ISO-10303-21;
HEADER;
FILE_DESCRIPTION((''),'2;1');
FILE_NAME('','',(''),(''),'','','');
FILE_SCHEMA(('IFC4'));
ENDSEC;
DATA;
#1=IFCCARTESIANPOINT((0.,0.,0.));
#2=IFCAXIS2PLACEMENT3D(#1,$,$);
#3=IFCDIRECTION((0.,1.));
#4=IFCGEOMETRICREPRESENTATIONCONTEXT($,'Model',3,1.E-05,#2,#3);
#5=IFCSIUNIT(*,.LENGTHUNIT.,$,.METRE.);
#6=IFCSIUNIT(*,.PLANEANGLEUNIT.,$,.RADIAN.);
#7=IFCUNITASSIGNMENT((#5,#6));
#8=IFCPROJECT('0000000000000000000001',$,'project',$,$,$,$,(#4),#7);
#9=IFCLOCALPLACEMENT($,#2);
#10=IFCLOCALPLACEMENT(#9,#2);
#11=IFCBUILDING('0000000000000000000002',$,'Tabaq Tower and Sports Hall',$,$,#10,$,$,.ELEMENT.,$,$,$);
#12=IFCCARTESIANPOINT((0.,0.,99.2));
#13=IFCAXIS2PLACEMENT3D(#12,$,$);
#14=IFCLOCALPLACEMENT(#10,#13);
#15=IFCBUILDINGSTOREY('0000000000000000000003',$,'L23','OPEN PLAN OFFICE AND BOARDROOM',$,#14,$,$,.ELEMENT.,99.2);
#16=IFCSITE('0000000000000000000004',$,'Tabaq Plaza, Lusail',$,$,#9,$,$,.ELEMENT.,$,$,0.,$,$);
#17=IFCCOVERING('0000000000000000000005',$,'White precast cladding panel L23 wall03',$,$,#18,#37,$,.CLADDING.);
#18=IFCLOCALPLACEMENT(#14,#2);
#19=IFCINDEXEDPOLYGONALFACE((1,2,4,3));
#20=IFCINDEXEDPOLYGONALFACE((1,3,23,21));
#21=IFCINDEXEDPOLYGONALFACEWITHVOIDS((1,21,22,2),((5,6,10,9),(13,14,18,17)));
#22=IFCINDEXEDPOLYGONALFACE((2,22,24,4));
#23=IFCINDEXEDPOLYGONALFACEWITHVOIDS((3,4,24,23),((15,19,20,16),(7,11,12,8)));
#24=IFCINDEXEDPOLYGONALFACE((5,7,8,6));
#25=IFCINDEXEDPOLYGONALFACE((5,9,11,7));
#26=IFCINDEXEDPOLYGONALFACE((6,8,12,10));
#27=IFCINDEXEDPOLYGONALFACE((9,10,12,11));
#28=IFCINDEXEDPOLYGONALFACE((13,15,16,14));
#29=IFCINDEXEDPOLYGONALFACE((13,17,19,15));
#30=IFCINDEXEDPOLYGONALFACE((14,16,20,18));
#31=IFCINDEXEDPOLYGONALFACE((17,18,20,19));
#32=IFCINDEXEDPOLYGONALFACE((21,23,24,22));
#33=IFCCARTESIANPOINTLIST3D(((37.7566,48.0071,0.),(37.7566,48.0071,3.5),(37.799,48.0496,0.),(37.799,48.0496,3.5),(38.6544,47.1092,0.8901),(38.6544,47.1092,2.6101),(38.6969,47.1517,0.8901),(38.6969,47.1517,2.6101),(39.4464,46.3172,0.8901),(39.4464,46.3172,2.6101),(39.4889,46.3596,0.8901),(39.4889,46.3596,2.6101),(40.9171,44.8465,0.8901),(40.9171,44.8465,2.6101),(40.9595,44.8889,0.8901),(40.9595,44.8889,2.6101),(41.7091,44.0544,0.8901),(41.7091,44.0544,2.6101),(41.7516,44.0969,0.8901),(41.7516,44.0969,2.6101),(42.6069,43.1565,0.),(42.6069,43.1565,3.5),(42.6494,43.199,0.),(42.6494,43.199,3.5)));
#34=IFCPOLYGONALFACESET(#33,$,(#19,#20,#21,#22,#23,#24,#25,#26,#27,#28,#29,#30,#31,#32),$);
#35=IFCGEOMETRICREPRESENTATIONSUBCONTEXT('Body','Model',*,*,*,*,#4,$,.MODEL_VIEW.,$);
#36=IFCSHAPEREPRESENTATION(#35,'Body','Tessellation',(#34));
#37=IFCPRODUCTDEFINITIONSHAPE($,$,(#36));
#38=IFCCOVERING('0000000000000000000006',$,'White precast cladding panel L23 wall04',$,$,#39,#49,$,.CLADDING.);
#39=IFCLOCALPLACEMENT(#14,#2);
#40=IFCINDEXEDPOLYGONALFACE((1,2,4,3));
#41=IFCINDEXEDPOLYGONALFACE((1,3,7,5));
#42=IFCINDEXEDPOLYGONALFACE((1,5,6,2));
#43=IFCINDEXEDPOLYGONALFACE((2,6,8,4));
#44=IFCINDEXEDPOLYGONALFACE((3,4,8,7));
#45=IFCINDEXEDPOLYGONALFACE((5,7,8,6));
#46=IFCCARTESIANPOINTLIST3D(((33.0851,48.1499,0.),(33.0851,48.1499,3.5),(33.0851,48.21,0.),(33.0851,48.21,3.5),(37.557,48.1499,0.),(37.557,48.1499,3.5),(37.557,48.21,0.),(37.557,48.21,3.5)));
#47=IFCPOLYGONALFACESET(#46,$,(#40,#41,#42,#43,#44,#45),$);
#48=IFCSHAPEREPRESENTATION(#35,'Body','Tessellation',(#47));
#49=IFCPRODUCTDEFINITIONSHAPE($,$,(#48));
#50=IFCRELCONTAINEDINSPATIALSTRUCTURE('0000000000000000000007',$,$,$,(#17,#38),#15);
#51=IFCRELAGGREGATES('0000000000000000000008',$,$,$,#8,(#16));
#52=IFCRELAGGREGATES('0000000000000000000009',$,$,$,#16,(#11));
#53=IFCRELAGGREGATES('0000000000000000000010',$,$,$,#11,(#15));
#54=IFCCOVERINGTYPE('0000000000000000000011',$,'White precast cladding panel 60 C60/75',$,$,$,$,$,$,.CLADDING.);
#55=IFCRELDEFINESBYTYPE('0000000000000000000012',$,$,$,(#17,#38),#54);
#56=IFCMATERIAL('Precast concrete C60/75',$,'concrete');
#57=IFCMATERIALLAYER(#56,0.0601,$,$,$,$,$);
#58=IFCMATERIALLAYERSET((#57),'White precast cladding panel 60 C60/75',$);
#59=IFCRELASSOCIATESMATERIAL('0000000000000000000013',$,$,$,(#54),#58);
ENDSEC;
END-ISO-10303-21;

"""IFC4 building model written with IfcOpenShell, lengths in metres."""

from ifc_helpers import new_model, si_unit, direction, frame, frame_2d, origin, place, context, subcontext, project, spatial, polyline, rectangle, outline, extrude, material, layer, layer_set, type_object, element, save


model = new_model("IFC4")

# Units and contexts
model_context = context("Model", 3, precision=1e-05, world=origin(), true_north=direction((0.0, 1.0)))
body_context = subcontext(model_context, "Body", "Model", "MODEL_VIEW")
ifc_project = project(units=[si_unit("LENGTHUNIT", "METRE"), si_unit("PLANEANGLEUNIT", "RADIAN")], contexts=[model_context])

# Site, building, storey
site_placement = place(None, origin())
site = spatial("IfcSite", under=ifc_project, at=site_placement, Name="Tabaq Plaza, Lusail", CompositionType="ELEMENT", RefElevation=0.0)
building_placement = place(site_placement, origin())
building = spatial("IfcBuilding", under=site, at=building_placement, Name="Tabaq Tower and Sports Hall", CompositionType="ELEMENT")
storey_placement = place(building_placement, frame((0.0, 0.0, 99.2)))
storey = spatial("IfcBuildingStorey", under=building, at=storey_placement, Name="L23", Description="OPEN PLAN OFFICE AND BOARDROOM", CompositionType="ELEMENT", Elevation=99.2)

# Coverings
ifc_material_1 = material(Name="Precast concrete C60/75", Category="concrete")
ifc_layer_1 = layer(ifc_material_1, 0.0601)
ifc_layer_set_1 = layer_set([ifc_layer_1], Name="White precast cladding panel 60 C60/75")
covering_type_1 = type_object("IfcCoveringType", Name="White precast cladding panel 60 C60/75", PredefinedType="CLADDING", material=ifc_layer_set_1)
covering_1_placement = place(storey_placement, frame((42.6282, 43.1777, 0.0), z_axis=(0.0, 0.0, 1.0), x_axis=(-0.707089, 0.707125, 0.0)))
element("IfcCovering", 1, at=covering_1_placement, inside=storey, type_object=covering_type_1, Name="White precast cladding panel L23 wall03", PredefinedType="CLADDING", context=body_context, shape_type="SweptSolid", body=[
    extrude(outline(polyline([(0.0, 0.0), (6.8596, 0.0), (6.8596, 3.5), (0.0, 3.5), (0.0, 0.0)]), holes=[polyline([(1.2698, 2.6101), (2.3899, 2.6101), (2.3899, 0.8901), (1.2698, 0.8901), (1.2698, 2.6101)]), polyline([(4.4697, 2.6101), (5.5898, 2.6101), (5.5898, 0.8901), (4.4697, 0.8901), (4.4697, 2.6101)])]), frame((0.0, 0.03, 0.0), z_axis=(0.0, -1.0, 0.0), x_axis=(1.0, 0.0, 0.0)), (0.0, 0.0, 1.0), 0.0601),
])
covering_2_placement = place(storey_placement, frame((37.5569, 48.1799, 0.0), z_axis=(0.0, 0.0, 1.0), x_axis=(-1.0, 0.0, 0.0)))
element("IfcCovering", 2, at=covering_2_placement, inside=storey, type_object=covering_type_1, Name="White precast cladding panel L23 wall04", PredefinedType="CLADDING", context=body_context, shape_type="SweptSolid", body=[
    extrude(rectangle(XDim=4.4719, YDim=0.0601, at=frame_2d((2.2358, 0.0))), origin(), (0.0, 0.0, 1.0), 3.5),
])

save(model, "model.ifc")
